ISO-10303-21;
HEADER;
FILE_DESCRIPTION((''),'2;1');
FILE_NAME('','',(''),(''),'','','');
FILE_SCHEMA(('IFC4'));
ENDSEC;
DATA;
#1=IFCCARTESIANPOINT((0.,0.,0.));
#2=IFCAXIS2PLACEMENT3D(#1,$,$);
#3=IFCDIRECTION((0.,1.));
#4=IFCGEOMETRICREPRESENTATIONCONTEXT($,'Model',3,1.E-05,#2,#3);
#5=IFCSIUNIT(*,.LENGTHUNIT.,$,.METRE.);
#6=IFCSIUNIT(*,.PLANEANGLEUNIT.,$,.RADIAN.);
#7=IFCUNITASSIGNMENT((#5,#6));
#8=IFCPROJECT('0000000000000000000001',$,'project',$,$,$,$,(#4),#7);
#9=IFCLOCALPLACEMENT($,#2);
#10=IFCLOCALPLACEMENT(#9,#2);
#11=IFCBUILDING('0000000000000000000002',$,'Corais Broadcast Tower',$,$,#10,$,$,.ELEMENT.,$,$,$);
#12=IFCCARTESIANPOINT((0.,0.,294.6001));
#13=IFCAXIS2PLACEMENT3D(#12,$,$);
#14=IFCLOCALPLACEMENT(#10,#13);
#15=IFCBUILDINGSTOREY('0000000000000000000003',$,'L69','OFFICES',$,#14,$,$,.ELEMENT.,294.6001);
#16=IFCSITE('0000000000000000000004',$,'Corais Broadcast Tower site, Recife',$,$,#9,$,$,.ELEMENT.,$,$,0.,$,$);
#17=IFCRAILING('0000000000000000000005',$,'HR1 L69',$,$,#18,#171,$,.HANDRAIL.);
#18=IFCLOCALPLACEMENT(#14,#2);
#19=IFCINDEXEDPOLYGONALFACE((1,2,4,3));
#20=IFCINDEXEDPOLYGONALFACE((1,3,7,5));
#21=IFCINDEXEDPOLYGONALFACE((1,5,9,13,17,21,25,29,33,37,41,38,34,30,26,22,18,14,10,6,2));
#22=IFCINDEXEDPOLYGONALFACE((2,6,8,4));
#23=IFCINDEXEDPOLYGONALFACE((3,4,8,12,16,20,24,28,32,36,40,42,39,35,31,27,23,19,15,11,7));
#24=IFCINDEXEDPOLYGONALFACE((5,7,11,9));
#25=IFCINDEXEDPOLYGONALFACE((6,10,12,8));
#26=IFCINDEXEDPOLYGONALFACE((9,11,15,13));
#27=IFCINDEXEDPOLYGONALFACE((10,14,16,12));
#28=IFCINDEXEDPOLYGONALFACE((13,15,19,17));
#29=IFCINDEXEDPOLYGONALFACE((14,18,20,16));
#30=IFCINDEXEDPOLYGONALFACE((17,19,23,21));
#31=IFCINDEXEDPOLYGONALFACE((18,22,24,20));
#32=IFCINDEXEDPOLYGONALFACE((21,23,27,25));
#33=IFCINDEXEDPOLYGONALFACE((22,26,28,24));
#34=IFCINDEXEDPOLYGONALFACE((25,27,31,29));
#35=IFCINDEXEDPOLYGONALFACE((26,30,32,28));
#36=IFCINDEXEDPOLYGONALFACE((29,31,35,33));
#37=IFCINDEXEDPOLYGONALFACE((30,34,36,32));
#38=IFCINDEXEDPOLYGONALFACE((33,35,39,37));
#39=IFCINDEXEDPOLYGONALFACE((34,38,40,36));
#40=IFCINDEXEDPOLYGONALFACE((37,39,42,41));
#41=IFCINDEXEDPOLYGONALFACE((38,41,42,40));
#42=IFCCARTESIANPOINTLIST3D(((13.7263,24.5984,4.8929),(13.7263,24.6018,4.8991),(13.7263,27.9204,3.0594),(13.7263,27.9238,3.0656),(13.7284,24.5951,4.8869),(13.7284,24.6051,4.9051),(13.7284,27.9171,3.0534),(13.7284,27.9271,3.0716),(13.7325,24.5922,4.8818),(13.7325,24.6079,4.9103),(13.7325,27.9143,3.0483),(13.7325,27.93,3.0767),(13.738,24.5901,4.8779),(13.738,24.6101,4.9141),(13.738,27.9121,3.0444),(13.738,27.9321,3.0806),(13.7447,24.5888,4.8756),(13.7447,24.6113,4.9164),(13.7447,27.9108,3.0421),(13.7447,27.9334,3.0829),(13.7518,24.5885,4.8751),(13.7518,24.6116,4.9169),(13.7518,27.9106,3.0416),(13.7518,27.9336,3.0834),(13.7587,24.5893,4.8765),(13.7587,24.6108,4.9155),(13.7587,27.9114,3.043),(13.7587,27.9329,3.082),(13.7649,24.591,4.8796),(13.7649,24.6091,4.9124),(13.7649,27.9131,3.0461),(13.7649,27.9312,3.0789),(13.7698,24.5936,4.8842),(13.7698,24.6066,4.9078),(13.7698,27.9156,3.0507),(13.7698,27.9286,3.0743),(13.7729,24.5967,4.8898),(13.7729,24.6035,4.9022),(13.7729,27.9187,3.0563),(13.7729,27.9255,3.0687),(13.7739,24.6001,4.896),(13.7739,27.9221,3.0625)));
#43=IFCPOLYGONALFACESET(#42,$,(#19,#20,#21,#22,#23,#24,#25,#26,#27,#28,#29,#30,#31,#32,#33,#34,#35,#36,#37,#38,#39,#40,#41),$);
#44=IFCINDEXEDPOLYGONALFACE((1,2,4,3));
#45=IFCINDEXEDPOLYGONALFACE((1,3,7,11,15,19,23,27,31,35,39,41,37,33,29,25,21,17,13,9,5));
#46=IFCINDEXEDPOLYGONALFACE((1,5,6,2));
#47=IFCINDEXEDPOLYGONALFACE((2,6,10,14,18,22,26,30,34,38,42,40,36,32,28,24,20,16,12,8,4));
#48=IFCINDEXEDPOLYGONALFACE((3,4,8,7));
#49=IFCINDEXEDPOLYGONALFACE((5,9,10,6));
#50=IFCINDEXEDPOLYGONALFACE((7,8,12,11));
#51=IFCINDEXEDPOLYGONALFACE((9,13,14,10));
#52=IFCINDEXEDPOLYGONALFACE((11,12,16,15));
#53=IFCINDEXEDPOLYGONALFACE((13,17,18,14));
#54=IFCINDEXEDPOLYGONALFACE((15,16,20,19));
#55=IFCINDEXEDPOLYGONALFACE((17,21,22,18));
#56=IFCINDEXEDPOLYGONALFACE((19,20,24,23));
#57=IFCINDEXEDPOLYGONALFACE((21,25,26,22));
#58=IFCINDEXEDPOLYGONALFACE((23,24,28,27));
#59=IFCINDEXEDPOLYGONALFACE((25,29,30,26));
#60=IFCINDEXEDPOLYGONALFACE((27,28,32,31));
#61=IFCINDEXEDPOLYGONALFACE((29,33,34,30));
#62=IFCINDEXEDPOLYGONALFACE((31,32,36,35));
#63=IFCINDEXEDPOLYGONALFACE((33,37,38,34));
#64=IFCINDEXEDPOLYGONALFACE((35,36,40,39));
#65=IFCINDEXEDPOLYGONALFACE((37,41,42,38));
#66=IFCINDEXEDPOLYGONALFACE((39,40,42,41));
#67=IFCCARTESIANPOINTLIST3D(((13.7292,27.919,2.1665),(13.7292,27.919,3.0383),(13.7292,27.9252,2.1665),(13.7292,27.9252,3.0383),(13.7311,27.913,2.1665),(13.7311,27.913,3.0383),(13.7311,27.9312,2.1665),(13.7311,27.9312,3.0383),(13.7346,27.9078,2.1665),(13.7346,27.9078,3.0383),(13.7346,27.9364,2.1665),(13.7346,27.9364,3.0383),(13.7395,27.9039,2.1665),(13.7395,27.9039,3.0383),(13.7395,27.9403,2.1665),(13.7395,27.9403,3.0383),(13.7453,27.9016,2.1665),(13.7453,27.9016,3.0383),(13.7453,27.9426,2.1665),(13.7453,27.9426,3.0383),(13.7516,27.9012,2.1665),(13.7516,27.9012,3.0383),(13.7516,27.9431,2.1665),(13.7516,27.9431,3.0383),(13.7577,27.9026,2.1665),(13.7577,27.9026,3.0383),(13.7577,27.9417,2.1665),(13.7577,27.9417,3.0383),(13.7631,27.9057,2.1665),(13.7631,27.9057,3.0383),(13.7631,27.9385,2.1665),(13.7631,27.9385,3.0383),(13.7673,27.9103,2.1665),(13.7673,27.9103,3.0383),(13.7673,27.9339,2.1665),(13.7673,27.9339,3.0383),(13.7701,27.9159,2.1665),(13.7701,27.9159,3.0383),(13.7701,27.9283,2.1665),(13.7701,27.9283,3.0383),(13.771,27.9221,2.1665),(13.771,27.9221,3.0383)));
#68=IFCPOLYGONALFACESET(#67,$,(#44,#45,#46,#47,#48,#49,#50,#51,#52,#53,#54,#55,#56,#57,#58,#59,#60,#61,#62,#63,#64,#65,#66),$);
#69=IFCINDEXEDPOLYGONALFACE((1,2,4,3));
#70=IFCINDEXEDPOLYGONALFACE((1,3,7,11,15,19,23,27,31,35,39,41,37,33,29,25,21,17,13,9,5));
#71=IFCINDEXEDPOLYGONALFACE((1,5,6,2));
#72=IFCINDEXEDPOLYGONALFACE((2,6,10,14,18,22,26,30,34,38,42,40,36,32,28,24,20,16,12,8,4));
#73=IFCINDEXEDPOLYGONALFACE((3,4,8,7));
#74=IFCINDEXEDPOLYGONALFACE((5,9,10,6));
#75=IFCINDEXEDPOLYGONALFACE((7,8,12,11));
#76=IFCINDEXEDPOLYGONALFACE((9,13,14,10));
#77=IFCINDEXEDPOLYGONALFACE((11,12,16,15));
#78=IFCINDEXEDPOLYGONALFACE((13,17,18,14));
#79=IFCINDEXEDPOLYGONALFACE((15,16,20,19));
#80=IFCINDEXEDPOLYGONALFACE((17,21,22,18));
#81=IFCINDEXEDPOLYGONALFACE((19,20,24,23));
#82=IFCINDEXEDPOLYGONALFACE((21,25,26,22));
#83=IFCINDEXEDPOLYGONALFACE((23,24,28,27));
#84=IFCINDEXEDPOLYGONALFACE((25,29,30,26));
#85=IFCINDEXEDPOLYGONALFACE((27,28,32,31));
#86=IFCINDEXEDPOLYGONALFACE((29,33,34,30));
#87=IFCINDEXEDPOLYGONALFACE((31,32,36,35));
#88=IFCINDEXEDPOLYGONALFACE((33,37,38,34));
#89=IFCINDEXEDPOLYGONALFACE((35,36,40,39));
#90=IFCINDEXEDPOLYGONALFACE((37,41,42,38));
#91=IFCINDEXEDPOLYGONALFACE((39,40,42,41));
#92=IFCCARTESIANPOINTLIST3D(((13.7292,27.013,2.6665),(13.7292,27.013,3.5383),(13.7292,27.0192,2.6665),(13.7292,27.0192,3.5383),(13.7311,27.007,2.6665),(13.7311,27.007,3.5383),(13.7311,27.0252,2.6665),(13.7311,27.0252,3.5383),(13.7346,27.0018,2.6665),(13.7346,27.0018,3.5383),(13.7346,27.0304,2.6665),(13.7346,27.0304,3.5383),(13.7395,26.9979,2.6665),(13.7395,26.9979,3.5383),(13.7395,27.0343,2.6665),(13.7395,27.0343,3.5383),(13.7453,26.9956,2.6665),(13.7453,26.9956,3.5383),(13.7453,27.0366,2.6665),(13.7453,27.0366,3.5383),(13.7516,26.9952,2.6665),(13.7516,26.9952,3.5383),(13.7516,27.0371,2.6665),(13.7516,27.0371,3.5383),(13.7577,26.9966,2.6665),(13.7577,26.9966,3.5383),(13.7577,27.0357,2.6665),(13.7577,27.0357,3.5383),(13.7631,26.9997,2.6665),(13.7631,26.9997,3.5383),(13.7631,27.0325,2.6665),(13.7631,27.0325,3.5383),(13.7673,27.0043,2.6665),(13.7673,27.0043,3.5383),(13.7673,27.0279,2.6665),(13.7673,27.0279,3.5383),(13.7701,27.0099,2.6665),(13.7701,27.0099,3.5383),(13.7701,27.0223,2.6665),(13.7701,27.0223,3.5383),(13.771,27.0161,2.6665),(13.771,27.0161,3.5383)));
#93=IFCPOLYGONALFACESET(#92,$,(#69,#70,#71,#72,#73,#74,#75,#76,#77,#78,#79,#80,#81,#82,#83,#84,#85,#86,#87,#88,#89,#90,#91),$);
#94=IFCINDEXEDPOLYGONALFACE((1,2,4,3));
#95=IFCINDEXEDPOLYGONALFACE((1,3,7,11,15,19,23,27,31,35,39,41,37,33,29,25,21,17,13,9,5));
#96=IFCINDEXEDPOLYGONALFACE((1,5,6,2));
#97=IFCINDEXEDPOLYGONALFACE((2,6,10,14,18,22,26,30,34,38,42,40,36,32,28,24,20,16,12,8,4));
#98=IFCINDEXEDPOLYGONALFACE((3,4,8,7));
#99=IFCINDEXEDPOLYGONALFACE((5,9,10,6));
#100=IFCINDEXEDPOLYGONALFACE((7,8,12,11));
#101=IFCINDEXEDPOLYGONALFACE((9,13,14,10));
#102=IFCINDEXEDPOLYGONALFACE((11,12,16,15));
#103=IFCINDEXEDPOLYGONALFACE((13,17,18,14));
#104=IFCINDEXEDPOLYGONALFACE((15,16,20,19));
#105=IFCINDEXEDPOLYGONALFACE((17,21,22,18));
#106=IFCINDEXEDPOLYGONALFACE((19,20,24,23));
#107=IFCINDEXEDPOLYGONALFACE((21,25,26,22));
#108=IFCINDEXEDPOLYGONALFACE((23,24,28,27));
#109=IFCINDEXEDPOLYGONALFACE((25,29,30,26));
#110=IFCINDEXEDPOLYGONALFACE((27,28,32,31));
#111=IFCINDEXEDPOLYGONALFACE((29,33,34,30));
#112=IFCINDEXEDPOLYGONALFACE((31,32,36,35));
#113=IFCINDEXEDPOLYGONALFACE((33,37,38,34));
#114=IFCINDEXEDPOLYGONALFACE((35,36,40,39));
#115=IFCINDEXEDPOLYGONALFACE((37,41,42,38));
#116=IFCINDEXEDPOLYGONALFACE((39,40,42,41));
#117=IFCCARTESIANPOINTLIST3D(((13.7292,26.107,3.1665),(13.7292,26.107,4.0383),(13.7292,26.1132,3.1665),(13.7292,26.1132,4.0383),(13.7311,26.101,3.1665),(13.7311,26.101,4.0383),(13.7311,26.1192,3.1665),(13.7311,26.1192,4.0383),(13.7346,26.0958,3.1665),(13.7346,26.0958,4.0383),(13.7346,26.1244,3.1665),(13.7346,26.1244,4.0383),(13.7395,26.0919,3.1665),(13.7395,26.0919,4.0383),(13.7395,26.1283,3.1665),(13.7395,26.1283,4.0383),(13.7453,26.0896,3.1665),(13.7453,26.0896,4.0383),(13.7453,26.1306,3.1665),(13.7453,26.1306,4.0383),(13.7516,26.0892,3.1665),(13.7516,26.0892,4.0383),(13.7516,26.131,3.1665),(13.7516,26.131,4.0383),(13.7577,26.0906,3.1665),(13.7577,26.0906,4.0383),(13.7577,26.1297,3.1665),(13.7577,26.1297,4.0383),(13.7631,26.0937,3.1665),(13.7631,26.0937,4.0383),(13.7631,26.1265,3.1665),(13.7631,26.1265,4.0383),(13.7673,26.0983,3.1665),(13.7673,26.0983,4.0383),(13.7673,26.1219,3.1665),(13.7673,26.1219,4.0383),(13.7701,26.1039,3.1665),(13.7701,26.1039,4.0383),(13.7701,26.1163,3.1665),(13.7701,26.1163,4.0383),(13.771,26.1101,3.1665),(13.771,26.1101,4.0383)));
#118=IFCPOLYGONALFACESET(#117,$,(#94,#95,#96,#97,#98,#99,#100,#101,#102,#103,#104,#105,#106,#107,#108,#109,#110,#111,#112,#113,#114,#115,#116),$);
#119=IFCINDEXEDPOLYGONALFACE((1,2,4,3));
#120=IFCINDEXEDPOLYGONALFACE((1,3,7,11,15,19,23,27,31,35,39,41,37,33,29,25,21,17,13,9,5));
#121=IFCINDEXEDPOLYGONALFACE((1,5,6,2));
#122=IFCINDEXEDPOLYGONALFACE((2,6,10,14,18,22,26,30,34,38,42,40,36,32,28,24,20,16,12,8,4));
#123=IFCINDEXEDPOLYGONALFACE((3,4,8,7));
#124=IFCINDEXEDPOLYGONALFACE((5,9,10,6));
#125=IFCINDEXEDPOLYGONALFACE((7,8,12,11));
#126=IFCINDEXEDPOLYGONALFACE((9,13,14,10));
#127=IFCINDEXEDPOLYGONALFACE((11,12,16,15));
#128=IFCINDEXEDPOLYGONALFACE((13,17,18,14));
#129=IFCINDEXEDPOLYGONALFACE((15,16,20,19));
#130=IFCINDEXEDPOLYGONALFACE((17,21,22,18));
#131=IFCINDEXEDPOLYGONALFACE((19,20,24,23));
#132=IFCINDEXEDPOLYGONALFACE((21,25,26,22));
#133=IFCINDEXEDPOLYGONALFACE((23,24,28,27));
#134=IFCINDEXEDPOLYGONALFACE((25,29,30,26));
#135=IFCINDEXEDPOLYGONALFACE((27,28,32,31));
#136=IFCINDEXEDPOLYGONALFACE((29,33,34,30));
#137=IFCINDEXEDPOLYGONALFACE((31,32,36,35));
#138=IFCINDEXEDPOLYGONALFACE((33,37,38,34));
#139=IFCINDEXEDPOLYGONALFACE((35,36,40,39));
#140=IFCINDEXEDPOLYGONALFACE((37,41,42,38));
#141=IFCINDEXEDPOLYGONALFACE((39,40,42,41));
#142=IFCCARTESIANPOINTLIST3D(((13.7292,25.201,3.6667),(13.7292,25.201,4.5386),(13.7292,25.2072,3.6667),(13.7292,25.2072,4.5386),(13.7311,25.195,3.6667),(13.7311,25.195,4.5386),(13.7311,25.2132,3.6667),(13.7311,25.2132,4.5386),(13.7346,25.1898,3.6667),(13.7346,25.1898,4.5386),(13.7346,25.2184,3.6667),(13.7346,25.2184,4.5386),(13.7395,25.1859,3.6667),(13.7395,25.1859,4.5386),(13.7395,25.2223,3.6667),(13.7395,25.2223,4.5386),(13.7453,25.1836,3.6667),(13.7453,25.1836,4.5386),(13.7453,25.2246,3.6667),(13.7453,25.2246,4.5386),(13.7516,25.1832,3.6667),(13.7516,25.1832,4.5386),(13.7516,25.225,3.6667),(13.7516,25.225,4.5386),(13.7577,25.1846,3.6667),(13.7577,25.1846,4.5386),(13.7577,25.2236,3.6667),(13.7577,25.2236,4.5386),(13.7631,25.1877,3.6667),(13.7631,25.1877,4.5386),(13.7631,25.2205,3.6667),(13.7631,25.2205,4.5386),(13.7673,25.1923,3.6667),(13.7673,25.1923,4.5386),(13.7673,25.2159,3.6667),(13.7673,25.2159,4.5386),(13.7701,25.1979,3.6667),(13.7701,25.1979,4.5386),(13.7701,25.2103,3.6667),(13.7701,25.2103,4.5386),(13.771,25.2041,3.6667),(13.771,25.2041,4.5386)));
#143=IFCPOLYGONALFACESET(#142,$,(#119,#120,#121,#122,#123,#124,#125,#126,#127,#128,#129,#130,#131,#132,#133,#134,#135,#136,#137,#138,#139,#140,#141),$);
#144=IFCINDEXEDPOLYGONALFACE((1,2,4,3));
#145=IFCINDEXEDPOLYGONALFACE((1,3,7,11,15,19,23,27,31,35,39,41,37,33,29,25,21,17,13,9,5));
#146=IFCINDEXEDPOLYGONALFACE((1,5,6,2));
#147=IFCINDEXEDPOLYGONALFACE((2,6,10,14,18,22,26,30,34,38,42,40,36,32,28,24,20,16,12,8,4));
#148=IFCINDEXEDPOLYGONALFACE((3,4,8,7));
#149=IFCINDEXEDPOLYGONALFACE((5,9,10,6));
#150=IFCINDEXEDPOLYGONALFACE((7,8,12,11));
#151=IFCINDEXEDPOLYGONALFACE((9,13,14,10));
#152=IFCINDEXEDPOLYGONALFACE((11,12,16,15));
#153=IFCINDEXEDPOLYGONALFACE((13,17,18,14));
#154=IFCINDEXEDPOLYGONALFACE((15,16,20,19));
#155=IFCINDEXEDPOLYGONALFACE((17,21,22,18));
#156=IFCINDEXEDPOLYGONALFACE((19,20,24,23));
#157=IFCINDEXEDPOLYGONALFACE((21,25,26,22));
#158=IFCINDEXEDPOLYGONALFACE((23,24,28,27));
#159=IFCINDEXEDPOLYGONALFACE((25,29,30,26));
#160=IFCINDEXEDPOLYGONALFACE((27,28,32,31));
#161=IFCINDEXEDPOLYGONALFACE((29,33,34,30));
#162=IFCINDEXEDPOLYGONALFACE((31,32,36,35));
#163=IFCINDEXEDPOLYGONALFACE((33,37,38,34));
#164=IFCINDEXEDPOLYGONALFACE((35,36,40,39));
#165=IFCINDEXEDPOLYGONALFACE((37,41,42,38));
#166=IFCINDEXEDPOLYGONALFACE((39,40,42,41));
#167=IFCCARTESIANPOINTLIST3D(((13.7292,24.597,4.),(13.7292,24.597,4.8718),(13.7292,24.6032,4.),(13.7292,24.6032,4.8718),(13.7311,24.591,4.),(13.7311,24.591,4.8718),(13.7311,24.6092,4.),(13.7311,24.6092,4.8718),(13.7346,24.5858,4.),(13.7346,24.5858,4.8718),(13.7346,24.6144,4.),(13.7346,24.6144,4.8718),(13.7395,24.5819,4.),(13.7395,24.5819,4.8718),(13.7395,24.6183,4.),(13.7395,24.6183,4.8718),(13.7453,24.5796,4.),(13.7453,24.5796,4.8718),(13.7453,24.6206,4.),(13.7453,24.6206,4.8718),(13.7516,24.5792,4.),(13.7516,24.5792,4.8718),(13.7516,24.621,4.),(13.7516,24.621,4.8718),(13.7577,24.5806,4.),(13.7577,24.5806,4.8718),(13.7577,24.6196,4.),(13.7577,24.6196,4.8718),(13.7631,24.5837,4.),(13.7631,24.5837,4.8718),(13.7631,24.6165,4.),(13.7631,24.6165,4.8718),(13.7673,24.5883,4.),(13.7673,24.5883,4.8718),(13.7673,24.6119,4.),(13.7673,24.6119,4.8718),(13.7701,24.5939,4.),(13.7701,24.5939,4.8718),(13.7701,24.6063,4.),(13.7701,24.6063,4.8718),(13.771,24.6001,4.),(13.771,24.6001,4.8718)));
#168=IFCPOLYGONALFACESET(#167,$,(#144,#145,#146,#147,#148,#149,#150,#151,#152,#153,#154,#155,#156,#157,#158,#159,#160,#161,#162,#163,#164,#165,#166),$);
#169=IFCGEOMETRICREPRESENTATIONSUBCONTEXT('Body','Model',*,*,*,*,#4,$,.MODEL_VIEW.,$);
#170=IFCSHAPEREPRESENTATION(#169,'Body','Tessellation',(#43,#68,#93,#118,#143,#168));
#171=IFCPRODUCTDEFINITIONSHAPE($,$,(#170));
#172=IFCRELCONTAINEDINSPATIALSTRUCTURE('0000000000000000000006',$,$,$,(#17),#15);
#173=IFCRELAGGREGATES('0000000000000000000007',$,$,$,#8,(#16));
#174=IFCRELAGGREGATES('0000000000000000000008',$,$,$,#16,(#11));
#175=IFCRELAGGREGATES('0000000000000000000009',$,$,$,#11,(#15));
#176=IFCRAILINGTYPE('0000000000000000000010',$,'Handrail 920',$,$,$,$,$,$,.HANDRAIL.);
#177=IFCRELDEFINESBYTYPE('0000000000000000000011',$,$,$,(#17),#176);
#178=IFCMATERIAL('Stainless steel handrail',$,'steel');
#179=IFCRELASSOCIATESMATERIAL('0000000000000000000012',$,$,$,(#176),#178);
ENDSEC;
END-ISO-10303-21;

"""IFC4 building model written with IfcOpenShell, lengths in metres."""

from ifc_helpers import new_model, si_unit, direction, frame, origin, origin_2d, place, context, subcontext, project, spatial, circle, extrude, material, type_object, element, save


model = new_model("IFC4")

# Units and contexts
model_context = context("Model", 3, precision=1e-05, world=origin(), true_north=direction((0.0, 1.0)))
body_context = subcontext(model_context, "Body", "Model", "MODEL_VIEW")
ifc_project = project(units=[si_unit("LENGTHUNIT", "METRE"), si_unit("PLANEANGLEUNIT", "RADIAN")], contexts=[model_context])

# Site, building, storey
site_placement = place(None, origin())
site = spatial("IfcSite", under=ifc_project, at=site_placement, Name="Corais Broadcast Tower site, Recife", CompositionType="ELEMENT", RefElevation=0.0)
building_placement = place(site_placement, origin())
building = spatial("IfcBuilding", under=site, at=building_placement, Name="Corais Broadcast Tower", CompositionType="ELEMENT")
storey_placement = place(building_placement, frame((0.0, 0.0, 294.6001)))
storey = spatial("IfcBuildingStorey", under=building, at=storey_placement, Name="L69", Description="OFFICES", CompositionType="ELEMENT", Elevation=294.6001)

# Railing
ifc_material_1 = material(Name="Stainless steel handrail", Category="steel")
railing_type = type_object("IfcRailingType", Name="Handrail 920", PredefinedType="HANDRAIL", material=ifc_material_1)
for number, where, name in (
    (1, (13.75, 27.9221, 2.1665), "HR1 L69"),
):
    element("IfcRailing", number, at=place(storey_placement, frame(where)), inside=storey, type_object=railing_type, Name=name, PredefinedType="HANDRAIL", context=body_context, shape_type="SweptSolid", body=[
        extrude(circle(Radius=0.0239, at=origin_2d()), frame((0.0, 0.0, 0.896), z_axis=(0.0, -0.875504, 0.48321), x_axis=(1.0, 0.0, 0.0)), (0.0, 0.0, 1.0), 3.7944),
        extrude(circle(Radius=0.021, at=origin_2d()), origin(), (0.0, 0.0, 1.0), 0.8718),
        extrude(circle(Radius=0.021, at=origin_2d()), frame((0.0, -0.906, 0.5)), (0.0, 0.0, 1.0), 0.8718),
        extrude(circle(Radius=0.021, at=origin_2d()), frame((0.0, -1.812, 1.0)), (0.0, 0.0, 1.0), 0.8718),
        extrude(circle(Radius=0.021, at=origin_2d()), frame((0.0, -2.718, 1.5002)), (0.0, 0.0, 1.0), 0.8718),
        extrude(circle(Radius=0.021, at=origin_2d()), frame((0.0, -3.322, 1.8335)), (0.0, 0.0, 1.0), 0.8718),
    ])

save(model, "model.ifc")
